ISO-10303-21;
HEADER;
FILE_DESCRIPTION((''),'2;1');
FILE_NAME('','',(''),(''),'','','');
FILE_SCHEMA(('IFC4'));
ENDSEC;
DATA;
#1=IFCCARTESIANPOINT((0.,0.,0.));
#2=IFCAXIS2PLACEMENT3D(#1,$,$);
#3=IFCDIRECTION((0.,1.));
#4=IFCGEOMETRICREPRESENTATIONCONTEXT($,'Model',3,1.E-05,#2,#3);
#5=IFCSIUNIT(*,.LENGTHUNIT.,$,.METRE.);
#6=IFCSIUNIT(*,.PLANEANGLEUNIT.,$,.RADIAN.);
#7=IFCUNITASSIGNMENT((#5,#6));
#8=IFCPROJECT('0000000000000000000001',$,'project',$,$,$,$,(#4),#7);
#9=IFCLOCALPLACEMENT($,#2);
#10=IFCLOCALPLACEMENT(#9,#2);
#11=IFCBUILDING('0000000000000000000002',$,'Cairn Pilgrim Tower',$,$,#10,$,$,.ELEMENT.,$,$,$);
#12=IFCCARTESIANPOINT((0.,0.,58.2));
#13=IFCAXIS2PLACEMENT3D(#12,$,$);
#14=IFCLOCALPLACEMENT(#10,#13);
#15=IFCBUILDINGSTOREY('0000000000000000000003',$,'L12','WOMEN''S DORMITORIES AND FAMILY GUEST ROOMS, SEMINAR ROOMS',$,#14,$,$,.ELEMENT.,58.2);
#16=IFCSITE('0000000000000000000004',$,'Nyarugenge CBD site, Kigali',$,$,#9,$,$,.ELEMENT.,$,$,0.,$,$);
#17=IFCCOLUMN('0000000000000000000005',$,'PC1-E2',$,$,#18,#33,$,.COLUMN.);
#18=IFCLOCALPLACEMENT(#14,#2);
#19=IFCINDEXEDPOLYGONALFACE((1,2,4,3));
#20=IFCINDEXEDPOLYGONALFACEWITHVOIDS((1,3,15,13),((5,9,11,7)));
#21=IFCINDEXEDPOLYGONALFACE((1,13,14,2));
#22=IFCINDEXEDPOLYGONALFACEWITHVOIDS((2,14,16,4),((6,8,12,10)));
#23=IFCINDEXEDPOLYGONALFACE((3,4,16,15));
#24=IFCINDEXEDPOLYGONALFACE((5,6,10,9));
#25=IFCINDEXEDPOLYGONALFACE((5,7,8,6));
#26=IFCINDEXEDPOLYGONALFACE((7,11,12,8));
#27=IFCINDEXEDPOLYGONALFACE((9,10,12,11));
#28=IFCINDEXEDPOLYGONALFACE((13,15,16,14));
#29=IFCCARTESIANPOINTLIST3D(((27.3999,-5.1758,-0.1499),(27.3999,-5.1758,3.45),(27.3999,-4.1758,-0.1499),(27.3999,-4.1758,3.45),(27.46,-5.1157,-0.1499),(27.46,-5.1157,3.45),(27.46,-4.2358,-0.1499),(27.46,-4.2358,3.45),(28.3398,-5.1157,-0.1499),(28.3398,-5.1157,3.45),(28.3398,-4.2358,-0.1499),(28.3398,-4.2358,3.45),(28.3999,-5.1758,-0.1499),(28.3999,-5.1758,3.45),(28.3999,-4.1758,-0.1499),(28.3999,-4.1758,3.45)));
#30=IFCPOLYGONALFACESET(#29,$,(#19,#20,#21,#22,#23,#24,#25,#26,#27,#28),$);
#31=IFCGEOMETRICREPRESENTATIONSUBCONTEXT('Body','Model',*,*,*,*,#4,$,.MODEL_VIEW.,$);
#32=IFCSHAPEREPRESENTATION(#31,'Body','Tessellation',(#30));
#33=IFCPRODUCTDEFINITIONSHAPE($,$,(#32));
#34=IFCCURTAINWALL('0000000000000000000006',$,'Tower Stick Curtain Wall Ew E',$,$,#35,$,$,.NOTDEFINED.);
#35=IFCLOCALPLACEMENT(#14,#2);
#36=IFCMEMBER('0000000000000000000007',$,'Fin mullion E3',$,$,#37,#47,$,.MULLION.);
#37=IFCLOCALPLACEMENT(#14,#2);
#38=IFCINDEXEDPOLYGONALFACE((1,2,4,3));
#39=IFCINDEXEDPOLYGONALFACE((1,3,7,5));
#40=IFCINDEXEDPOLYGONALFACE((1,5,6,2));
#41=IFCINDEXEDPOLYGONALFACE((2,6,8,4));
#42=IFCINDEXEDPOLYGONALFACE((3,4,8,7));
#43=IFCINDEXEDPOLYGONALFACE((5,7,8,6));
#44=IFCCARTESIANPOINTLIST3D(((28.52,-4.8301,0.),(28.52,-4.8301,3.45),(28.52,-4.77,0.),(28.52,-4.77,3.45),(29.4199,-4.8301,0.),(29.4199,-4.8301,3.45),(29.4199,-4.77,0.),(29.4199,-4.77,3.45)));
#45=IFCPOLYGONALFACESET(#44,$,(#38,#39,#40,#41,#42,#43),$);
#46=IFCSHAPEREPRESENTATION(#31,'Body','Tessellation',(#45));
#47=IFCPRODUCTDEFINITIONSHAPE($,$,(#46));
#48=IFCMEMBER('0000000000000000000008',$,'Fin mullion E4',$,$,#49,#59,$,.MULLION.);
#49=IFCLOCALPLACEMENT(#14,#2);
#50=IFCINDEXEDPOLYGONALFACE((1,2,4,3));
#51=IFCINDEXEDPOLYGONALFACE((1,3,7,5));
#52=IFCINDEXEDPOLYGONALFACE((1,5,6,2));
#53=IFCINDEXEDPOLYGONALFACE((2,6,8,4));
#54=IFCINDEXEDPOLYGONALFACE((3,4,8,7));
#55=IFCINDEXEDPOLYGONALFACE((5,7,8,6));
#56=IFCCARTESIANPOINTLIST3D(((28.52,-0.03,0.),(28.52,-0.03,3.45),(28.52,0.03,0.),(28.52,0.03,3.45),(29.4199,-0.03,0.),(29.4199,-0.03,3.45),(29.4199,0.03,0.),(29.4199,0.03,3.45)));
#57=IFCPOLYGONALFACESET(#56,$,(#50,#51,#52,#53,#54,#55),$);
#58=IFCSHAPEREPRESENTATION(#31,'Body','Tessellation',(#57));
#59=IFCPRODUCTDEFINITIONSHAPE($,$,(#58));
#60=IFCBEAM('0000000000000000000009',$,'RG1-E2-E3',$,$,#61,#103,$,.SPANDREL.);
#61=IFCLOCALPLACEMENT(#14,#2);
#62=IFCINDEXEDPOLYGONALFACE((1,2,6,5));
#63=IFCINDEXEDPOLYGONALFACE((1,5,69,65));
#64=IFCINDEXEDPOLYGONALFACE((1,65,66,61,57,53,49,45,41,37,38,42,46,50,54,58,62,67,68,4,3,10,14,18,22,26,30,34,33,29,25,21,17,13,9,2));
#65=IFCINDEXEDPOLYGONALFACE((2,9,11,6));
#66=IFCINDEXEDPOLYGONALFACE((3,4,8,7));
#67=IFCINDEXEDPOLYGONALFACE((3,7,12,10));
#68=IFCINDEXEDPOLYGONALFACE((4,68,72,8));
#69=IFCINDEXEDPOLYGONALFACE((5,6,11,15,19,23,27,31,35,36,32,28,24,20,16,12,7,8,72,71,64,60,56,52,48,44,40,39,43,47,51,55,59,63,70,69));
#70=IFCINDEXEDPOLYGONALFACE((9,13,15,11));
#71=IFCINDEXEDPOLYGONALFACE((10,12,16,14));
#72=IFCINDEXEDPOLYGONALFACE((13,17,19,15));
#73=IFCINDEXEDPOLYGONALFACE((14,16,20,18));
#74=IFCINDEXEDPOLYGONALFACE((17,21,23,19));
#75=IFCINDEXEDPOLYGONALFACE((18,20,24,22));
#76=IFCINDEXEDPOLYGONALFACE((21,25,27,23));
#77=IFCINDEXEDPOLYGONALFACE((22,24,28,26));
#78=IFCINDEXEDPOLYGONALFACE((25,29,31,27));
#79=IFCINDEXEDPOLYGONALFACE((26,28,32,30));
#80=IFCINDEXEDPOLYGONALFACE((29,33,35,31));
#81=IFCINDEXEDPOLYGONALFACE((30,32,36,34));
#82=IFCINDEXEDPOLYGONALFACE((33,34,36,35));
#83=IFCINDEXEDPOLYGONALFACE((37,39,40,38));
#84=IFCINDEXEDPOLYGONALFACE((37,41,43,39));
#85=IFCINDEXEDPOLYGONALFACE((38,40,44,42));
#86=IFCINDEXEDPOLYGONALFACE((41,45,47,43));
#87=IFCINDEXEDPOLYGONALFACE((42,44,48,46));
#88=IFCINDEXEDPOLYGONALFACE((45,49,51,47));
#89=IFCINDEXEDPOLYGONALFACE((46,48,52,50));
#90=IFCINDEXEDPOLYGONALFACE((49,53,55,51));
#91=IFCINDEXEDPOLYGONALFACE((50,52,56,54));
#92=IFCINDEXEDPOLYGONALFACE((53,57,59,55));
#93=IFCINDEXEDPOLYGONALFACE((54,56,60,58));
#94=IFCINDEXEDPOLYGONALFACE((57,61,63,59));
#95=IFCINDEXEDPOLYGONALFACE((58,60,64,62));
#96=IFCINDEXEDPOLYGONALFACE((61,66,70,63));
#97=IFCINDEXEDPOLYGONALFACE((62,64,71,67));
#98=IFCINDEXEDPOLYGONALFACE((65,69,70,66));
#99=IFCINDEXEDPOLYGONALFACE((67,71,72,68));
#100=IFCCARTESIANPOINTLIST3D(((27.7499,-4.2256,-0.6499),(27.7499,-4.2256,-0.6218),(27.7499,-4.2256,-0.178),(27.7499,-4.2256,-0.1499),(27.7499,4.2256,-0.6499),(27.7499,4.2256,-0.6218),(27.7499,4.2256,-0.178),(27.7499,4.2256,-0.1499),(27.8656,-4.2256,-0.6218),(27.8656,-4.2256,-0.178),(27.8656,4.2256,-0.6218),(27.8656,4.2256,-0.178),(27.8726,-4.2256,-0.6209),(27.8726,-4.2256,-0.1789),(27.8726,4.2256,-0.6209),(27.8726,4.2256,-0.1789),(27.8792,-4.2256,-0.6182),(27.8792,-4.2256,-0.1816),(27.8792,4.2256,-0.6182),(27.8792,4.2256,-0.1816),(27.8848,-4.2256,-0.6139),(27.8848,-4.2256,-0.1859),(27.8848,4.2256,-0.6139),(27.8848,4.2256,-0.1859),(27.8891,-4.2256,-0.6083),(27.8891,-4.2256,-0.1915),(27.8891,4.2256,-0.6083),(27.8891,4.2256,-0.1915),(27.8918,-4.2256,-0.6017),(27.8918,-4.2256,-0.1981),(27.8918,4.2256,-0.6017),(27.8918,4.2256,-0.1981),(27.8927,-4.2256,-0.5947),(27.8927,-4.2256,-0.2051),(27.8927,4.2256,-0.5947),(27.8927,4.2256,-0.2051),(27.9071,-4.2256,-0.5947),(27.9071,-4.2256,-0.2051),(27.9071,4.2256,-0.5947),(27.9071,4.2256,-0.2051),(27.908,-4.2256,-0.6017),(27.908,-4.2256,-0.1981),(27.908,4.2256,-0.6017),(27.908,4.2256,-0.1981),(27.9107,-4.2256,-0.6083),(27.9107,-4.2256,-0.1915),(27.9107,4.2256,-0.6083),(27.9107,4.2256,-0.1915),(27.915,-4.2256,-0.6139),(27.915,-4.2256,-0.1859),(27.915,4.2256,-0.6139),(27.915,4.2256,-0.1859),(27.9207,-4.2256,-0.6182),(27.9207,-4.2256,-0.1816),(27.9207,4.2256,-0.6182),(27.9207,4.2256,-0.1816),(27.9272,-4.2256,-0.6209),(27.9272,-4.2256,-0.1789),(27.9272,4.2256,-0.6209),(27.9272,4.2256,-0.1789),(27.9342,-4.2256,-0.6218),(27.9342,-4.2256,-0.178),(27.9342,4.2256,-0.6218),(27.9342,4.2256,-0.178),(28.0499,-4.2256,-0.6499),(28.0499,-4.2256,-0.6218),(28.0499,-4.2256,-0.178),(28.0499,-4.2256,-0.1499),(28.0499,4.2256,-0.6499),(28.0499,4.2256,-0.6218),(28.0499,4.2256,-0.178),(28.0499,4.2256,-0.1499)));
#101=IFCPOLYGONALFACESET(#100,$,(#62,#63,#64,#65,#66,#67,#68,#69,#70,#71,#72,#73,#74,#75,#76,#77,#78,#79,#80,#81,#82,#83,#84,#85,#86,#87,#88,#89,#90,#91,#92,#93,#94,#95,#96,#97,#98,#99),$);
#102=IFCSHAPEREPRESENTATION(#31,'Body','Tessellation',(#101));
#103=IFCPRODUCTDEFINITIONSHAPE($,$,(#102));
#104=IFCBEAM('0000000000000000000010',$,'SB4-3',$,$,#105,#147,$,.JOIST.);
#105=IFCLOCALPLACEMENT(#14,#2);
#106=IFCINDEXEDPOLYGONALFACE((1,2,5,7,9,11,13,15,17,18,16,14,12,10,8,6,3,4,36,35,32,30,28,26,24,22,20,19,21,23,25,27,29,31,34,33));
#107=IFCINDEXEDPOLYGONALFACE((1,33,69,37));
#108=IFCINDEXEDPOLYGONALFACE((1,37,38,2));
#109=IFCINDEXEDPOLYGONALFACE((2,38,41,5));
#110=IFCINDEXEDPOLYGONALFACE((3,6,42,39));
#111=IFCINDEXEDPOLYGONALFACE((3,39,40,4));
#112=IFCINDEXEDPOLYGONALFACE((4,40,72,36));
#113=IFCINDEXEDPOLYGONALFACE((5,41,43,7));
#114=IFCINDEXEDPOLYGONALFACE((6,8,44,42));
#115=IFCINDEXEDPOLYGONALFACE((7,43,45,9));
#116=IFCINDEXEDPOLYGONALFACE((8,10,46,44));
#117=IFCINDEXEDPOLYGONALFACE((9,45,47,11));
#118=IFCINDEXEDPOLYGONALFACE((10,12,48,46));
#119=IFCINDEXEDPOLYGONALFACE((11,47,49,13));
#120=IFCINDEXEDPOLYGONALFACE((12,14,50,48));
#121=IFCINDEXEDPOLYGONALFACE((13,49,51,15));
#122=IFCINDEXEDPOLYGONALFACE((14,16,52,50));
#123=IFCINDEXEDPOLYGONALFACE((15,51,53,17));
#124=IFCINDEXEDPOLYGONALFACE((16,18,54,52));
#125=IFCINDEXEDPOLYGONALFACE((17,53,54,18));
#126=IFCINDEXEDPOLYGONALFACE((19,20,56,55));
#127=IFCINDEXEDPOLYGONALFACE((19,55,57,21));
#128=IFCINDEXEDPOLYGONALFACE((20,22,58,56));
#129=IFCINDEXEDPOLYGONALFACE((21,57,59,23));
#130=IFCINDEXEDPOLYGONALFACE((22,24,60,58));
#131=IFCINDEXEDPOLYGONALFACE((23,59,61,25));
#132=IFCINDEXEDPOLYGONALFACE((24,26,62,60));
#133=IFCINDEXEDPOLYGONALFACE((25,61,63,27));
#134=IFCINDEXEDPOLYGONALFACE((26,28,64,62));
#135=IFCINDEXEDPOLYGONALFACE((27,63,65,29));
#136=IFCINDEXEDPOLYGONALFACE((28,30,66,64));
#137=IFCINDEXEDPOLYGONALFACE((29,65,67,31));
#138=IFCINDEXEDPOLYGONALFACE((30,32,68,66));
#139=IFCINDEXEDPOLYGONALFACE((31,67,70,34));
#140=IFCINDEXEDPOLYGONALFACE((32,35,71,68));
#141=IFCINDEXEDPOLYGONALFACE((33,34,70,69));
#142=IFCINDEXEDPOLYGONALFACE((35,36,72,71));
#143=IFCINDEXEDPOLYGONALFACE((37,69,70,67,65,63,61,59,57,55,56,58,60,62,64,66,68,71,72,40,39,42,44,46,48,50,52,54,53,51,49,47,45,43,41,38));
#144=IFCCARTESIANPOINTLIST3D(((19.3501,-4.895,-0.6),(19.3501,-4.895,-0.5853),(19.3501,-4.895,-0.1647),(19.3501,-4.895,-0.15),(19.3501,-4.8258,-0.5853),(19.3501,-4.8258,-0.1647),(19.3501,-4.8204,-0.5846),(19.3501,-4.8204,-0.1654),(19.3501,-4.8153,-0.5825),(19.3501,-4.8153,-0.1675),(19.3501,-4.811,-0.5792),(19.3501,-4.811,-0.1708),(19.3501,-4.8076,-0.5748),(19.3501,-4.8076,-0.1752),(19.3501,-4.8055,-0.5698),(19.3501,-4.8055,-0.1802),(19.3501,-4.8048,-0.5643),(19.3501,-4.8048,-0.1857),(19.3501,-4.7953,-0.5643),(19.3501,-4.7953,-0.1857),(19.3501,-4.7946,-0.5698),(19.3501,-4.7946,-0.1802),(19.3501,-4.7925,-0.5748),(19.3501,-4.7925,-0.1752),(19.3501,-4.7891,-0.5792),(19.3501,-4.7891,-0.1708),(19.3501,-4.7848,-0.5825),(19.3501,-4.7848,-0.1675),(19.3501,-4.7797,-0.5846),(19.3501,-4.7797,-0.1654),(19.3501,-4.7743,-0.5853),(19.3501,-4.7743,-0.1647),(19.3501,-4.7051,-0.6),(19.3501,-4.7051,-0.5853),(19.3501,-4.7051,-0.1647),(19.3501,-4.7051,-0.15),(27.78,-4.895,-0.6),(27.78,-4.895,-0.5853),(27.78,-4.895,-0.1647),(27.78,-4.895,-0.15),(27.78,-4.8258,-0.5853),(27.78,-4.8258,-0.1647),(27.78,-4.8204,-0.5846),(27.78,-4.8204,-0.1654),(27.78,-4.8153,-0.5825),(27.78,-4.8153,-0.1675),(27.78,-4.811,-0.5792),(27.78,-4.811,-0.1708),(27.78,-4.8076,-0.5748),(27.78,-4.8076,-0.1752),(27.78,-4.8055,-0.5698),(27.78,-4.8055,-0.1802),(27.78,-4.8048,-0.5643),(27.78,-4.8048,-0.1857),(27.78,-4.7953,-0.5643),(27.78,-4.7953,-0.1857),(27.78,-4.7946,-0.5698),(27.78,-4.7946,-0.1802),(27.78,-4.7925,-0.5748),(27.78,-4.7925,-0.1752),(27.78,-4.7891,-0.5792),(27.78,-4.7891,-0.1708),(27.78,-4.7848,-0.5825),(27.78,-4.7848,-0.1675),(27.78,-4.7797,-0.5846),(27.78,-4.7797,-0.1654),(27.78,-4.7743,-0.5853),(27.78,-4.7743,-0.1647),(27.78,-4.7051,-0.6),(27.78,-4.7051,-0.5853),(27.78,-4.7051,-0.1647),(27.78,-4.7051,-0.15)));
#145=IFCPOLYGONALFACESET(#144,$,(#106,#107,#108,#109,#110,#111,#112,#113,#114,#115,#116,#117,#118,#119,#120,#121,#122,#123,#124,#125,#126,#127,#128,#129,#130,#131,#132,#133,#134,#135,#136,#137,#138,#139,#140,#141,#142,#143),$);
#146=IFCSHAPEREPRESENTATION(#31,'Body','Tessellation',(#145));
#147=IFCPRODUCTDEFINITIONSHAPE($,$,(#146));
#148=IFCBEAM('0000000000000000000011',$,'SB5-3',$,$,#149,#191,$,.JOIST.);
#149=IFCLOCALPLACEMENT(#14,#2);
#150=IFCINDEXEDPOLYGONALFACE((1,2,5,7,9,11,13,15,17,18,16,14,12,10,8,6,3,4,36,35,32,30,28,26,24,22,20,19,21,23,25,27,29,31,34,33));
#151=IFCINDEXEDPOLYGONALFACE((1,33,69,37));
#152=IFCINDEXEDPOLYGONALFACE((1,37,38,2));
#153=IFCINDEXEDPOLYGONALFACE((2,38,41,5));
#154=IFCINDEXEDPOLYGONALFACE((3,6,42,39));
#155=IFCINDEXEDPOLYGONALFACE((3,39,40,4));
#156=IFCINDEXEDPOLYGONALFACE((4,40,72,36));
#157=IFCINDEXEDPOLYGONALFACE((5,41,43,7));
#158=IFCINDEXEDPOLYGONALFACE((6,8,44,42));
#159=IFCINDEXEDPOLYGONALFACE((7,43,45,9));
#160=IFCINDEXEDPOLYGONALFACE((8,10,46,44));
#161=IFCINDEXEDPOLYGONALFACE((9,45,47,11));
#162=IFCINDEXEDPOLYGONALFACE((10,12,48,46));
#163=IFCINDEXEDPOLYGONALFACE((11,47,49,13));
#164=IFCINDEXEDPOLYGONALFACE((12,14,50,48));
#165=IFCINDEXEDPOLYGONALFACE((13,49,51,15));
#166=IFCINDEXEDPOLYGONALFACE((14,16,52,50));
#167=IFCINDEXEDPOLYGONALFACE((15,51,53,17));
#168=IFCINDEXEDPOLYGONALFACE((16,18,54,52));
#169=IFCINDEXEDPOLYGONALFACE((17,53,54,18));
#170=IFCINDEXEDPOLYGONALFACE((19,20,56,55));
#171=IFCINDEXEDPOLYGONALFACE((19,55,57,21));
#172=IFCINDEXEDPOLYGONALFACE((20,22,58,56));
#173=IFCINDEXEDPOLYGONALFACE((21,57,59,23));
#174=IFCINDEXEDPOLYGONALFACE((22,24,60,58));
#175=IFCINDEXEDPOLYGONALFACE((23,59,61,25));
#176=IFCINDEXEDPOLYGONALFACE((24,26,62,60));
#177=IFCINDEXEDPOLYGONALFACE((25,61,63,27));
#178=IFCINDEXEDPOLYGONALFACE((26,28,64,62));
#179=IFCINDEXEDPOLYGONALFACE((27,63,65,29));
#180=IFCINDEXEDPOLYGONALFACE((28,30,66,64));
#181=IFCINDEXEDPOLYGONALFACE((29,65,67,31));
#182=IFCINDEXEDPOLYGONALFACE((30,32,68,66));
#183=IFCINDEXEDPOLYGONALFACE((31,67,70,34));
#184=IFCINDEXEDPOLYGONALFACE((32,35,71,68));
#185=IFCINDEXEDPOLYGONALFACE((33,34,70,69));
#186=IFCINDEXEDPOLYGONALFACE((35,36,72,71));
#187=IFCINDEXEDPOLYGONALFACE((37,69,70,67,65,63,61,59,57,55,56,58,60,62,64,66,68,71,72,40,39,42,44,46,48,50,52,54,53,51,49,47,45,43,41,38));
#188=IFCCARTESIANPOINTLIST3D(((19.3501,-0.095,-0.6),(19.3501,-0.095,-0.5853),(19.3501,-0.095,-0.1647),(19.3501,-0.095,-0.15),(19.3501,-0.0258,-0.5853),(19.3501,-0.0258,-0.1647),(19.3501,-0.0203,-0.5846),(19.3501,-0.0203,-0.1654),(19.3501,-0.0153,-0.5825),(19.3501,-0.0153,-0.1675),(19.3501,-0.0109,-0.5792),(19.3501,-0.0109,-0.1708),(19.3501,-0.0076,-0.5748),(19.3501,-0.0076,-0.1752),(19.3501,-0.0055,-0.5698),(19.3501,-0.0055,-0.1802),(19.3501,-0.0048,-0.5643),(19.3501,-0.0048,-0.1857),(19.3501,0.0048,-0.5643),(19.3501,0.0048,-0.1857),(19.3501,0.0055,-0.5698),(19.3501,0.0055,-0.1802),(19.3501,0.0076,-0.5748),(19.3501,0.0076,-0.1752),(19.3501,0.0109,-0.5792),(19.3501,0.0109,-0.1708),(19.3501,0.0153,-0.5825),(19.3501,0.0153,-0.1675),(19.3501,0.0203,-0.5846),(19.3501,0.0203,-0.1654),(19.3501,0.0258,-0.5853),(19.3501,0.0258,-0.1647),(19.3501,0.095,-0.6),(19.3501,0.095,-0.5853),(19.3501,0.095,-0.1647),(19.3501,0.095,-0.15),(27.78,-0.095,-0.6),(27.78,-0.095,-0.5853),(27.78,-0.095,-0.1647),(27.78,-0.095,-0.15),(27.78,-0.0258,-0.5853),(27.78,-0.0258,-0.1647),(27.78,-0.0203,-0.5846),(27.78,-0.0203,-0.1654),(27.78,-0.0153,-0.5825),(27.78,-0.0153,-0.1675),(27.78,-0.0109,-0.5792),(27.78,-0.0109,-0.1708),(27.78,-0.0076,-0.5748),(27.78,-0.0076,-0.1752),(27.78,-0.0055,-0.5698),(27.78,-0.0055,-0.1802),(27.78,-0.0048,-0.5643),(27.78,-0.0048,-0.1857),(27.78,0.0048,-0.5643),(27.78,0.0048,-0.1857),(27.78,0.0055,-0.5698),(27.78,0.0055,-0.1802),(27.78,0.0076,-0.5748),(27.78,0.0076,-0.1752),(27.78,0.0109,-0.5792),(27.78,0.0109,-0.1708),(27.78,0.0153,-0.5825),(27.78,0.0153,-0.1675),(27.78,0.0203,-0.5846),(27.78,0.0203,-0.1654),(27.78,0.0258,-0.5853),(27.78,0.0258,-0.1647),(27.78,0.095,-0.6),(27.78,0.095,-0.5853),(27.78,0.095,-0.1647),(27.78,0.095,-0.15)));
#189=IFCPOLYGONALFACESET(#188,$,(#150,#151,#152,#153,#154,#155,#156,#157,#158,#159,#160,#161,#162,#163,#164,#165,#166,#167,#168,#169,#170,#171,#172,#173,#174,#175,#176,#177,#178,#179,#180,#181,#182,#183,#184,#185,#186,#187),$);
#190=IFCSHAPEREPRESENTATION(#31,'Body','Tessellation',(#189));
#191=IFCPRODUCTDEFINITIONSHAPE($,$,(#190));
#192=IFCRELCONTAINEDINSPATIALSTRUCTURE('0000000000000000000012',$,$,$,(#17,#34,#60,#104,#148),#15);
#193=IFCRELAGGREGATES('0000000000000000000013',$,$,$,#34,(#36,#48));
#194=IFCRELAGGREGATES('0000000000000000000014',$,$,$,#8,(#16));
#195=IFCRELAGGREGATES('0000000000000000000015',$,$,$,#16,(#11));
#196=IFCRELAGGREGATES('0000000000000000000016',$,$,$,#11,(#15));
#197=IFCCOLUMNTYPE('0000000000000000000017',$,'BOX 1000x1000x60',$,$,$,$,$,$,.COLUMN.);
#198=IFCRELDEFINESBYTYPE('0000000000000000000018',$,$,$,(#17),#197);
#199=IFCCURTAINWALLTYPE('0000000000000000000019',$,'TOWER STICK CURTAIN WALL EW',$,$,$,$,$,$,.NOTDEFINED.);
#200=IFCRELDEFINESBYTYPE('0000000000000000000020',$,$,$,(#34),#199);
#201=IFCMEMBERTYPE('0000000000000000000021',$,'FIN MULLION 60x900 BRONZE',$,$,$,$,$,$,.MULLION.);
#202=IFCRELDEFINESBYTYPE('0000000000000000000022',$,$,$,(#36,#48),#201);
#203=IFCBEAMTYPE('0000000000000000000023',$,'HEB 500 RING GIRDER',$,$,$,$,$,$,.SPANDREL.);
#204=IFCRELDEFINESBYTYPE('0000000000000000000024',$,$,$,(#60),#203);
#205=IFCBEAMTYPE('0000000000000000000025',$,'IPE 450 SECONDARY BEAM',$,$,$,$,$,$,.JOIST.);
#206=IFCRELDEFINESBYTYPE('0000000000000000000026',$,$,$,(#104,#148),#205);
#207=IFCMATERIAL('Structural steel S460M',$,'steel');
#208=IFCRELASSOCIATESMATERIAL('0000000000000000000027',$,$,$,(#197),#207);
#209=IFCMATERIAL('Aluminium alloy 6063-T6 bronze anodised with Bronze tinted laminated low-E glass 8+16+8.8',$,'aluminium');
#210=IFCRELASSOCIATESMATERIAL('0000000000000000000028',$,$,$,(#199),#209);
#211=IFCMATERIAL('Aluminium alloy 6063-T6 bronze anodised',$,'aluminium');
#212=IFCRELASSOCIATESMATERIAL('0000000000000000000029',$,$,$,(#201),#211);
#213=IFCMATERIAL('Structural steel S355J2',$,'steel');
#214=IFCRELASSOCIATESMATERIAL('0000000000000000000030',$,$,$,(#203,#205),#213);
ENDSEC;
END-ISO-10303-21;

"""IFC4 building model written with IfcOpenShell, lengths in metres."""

from ifc_helpers import new_model, si_unit, direction, frame, origin, origin_2d, place, context, subcontext, project, spatial, rectangle, hollow_rectangle, i_section, extrude, material, material_profile, profile_set, type_object, element, aggregate, save


model = new_model("IFC4")

# Units and contexts
model_context = context("Model", 3, precision=1e-05, world=origin(), true_north=direction((0.0, 1.0)))
body_context = subcontext(model_context, "Body", "Model", "MODEL_VIEW")
ifc_project = project(units=[si_unit("LENGTHUNIT", "METRE"), si_unit("PLANEANGLEUNIT", "RADIAN")], contexts=[model_context])

# Site, building, storey
site_placement = place(None, origin())
site = spatial("IfcSite", under=ifc_project, at=site_placement, Name="Nyarugenge CBD site, Kigali", CompositionType="ELEMENT", RefElevation=0.0)
building_placement = place(site_placement, origin())
building = spatial("IfcBuilding", under=site, at=building_placement, Name="Cairn Pilgrim Tower", CompositionType="ELEMENT")
storey_placement = place(building_placement, frame((0.0, 0.0, 58.2)))
storey = spatial("IfcBuildingStorey", under=building, at=storey_placement, Name="L12", Description="WOMEN'S DORMITORIES AND FAMILY GUEST ROOMS, SEMINAR ROOMS", CompositionType="ELEMENT", Elevation=58.2)

# Column
ifc_material_1 = material(Name="Structural steel S460M", Category="steel")
ifc_material_profile_1 = material_profile(ifc_material_1, hollow_rectangle(XDim=1.0, YDim=1.0, WallThickness=0.0601, at=origin_2d()), Name="BOX 1000x1000x60")
ifc_profile_set_1 = profile_set([ifc_material_profile_1], Name="Structural steel S460M")
column_type = type_object("IfcColumnType", Name="BOX 1000x1000x60", PredefinedType="COLUMN", material=ifc_profile_set_1)
column_placement = place(storey_placement, frame((27.8999, -4.6758, -0.1499), z_axis=(0.0, 0.0, 1.0), x_axis=(1.0, 0.0, 0.0)))
element("IfcColumn", 1, at=column_placement, inside=storey, type_object=column_type, Name="PC1-E2", PredefinedType="COLUMN", context=body_context, shape_type="SweptSolid", body=[
    extrude(hollow_rectangle(XDim=1.0, YDim=1.0, WallThickness=0.0601, at=origin_2d()), origin(), (0.0, 0.0, 1.0), 3.5999),
])

# Curtain wall, members
ifc_material_2 = material(Name="Aluminium alloy 6063-T6 bronze anodised with Bronze tinted laminated low-E glass 8+16+8.8", Category="aluminium")
curtain_wall_type = type_object("IfcCurtainWallType", Name="TOWER STICK CURTAIN WALL EW", PredefinedType="NOTDEFINED", material=ifc_material_2)
curtain_wall_placement = place(storey_placement, origin())
curtain_wall = element("IfcCurtainWall", 2, at=curtain_wall_placement, inside=storey, type_object=curtain_wall_type, Name="Tower Stick Curtain Wall Ew E", PredefinedType="NOTDEFINED")
ifc_material_3 = material(Name="Aluminium alloy 6063-T6 bronze anodised", Category="aluminium")
ifc_material_profile_2 = material_profile(ifc_material_3, rectangle(XDim=0.8999, YDim=0.0601, at=origin_2d()), Name="FIN MULLION 60x900 BRONZE")
ifc_profile_set_2 = profile_set([ifc_material_profile_2], Name="Aluminium alloy 6063-T6 bronze anodised")
member_type_1 = type_object("IfcMemberType", Name="FIN MULLION 60x900 BRONZE", PredefinedType="MULLION", material=ifc_profile_set_2)
member_1_placement = place(storey_placement, frame((28.97, -4.8, 0.0), z_axis=(0.0, 0.0, 1.0), x_axis=(1.0, 0.0, 0.0)))
member_1 = element("IfcMember", 3, at=member_1_placement, type_object=member_type_1, Name="Fin mullion E3", PredefinedType="MULLION", context=body_context, shape_type="SweptSolid", body=[
    extrude(rectangle(XDim=0.8999, YDim=0.0601, at=origin_2d()), origin(), (0.0, 0.0, 1.0), 3.45),
])
member_2_placement = place(storey_placement, frame((28.97, 0.0, 0.0), z_axis=(0.0, 0.0, 1.0), x_axis=(1.0, 0.0, 0.0)))
member_2 = element("IfcMember", 4, at=member_2_placement, type_object=member_type_1, Name="Fin mullion E4", PredefinedType="MULLION", context=body_context, shape_type="SweptSolid", body=[
    extrude(rectangle(XDim=0.8999, YDim=0.0601, at=origin_2d()), origin(), (0.0, 0.0, 1.0), 3.45),
])

# Beams
ifc_material_4 = material(Name="Structural steel S355J2", Category="steel")
ifc_material_profile_3 = material_profile(ifc_material_4, i_section(OverallWidth=0.3, OverallDepth=0.5, WebThickness=0.0144, FlangeThickness=0.0281, FilletRadius=0.0271, at=origin_2d()), Name="HEB 500")
ifc_profile_set_3 = profile_set([ifc_material_profile_3], Name="Structural steel S355J2")
beam_type_1 = type_object("IfcBeamType", Name="HEB 500 RING GIRDER", PredefinedType="SPANDREL", material=ifc_profile_set_3)
beam_placement = place(storey_placement, frame((27.8999, -4.2256, -0.3999), z_axis=(0.0, 1.0, 0.0), x_axis=(-1.0, 0.0, 0.0)))
element("IfcBeam", 5, at=beam_placement, inside=storey, type_object=beam_type_1, Name="RG1-E2-E3", PredefinedType="SPANDREL", context=body_context, shape_type="SweptSolid", body=[
    extrude(i_section(OverallWidth=0.3, OverallDepth=0.5, WebThickness=0.0144, FlangeThickness=0.0281, FilletRadius=0.0271, at=origin_2d()), origin(), (0.0, 0.0, 1.0), 8.4512),
])
ifc_material_profile_4 = material_profile(ifc_material_4, i_section(OverallWidth=0.1899, OverallDepth=0.45, WebThickness=0.0095, FlangeThickness=0.0146, FilletRadius=0.021, at=origin_2d()), Name="IPE 450")
ifc_profile_set_4 = profile_set([ifc_material_profile_4], Name="Structural steel S355J2")
beam_type_2 = type_object("IfcBeamType", Name="IPE 450 SECONDARY BEAM", PredefinedType="JOIST", material=ifc_profile_set_4)
for number, where, z_axis, x_axis, name in (
    (6, (19.3501, -4.8, -0.375), (1.0, 0.0, 0.0), (0.0, 1.0, 0.0), "SB4-3"),
    (7, (19.3501, 0.0, -0.375), (1.0, 0.0, 0.0), (0.0, 1.0, 0.0), "SB5-3"),
):
    element("IfcBeam", number, at=place(storey_placement, frame(where, z_axis=z_axis, x_axis=x_axis)), inside=storey, type_object=beam_type_2, Name=name, PredefinedType="JOIST", context=body_context, shape_type="SweptSolid", body=[
        extrude(i_section(OverallWidth=0.1899, OverallDepth=0.45, WebThickness=0.0095, FlangeThickness=0.0146, FilletRadius=0.021, at=origin_2d()), origin(), (0.0, 0.0, 1.0), 8.4299),
    ])

aggregate(curtain_wall, [member_1, member_2])

save(model, "model.ifc")
